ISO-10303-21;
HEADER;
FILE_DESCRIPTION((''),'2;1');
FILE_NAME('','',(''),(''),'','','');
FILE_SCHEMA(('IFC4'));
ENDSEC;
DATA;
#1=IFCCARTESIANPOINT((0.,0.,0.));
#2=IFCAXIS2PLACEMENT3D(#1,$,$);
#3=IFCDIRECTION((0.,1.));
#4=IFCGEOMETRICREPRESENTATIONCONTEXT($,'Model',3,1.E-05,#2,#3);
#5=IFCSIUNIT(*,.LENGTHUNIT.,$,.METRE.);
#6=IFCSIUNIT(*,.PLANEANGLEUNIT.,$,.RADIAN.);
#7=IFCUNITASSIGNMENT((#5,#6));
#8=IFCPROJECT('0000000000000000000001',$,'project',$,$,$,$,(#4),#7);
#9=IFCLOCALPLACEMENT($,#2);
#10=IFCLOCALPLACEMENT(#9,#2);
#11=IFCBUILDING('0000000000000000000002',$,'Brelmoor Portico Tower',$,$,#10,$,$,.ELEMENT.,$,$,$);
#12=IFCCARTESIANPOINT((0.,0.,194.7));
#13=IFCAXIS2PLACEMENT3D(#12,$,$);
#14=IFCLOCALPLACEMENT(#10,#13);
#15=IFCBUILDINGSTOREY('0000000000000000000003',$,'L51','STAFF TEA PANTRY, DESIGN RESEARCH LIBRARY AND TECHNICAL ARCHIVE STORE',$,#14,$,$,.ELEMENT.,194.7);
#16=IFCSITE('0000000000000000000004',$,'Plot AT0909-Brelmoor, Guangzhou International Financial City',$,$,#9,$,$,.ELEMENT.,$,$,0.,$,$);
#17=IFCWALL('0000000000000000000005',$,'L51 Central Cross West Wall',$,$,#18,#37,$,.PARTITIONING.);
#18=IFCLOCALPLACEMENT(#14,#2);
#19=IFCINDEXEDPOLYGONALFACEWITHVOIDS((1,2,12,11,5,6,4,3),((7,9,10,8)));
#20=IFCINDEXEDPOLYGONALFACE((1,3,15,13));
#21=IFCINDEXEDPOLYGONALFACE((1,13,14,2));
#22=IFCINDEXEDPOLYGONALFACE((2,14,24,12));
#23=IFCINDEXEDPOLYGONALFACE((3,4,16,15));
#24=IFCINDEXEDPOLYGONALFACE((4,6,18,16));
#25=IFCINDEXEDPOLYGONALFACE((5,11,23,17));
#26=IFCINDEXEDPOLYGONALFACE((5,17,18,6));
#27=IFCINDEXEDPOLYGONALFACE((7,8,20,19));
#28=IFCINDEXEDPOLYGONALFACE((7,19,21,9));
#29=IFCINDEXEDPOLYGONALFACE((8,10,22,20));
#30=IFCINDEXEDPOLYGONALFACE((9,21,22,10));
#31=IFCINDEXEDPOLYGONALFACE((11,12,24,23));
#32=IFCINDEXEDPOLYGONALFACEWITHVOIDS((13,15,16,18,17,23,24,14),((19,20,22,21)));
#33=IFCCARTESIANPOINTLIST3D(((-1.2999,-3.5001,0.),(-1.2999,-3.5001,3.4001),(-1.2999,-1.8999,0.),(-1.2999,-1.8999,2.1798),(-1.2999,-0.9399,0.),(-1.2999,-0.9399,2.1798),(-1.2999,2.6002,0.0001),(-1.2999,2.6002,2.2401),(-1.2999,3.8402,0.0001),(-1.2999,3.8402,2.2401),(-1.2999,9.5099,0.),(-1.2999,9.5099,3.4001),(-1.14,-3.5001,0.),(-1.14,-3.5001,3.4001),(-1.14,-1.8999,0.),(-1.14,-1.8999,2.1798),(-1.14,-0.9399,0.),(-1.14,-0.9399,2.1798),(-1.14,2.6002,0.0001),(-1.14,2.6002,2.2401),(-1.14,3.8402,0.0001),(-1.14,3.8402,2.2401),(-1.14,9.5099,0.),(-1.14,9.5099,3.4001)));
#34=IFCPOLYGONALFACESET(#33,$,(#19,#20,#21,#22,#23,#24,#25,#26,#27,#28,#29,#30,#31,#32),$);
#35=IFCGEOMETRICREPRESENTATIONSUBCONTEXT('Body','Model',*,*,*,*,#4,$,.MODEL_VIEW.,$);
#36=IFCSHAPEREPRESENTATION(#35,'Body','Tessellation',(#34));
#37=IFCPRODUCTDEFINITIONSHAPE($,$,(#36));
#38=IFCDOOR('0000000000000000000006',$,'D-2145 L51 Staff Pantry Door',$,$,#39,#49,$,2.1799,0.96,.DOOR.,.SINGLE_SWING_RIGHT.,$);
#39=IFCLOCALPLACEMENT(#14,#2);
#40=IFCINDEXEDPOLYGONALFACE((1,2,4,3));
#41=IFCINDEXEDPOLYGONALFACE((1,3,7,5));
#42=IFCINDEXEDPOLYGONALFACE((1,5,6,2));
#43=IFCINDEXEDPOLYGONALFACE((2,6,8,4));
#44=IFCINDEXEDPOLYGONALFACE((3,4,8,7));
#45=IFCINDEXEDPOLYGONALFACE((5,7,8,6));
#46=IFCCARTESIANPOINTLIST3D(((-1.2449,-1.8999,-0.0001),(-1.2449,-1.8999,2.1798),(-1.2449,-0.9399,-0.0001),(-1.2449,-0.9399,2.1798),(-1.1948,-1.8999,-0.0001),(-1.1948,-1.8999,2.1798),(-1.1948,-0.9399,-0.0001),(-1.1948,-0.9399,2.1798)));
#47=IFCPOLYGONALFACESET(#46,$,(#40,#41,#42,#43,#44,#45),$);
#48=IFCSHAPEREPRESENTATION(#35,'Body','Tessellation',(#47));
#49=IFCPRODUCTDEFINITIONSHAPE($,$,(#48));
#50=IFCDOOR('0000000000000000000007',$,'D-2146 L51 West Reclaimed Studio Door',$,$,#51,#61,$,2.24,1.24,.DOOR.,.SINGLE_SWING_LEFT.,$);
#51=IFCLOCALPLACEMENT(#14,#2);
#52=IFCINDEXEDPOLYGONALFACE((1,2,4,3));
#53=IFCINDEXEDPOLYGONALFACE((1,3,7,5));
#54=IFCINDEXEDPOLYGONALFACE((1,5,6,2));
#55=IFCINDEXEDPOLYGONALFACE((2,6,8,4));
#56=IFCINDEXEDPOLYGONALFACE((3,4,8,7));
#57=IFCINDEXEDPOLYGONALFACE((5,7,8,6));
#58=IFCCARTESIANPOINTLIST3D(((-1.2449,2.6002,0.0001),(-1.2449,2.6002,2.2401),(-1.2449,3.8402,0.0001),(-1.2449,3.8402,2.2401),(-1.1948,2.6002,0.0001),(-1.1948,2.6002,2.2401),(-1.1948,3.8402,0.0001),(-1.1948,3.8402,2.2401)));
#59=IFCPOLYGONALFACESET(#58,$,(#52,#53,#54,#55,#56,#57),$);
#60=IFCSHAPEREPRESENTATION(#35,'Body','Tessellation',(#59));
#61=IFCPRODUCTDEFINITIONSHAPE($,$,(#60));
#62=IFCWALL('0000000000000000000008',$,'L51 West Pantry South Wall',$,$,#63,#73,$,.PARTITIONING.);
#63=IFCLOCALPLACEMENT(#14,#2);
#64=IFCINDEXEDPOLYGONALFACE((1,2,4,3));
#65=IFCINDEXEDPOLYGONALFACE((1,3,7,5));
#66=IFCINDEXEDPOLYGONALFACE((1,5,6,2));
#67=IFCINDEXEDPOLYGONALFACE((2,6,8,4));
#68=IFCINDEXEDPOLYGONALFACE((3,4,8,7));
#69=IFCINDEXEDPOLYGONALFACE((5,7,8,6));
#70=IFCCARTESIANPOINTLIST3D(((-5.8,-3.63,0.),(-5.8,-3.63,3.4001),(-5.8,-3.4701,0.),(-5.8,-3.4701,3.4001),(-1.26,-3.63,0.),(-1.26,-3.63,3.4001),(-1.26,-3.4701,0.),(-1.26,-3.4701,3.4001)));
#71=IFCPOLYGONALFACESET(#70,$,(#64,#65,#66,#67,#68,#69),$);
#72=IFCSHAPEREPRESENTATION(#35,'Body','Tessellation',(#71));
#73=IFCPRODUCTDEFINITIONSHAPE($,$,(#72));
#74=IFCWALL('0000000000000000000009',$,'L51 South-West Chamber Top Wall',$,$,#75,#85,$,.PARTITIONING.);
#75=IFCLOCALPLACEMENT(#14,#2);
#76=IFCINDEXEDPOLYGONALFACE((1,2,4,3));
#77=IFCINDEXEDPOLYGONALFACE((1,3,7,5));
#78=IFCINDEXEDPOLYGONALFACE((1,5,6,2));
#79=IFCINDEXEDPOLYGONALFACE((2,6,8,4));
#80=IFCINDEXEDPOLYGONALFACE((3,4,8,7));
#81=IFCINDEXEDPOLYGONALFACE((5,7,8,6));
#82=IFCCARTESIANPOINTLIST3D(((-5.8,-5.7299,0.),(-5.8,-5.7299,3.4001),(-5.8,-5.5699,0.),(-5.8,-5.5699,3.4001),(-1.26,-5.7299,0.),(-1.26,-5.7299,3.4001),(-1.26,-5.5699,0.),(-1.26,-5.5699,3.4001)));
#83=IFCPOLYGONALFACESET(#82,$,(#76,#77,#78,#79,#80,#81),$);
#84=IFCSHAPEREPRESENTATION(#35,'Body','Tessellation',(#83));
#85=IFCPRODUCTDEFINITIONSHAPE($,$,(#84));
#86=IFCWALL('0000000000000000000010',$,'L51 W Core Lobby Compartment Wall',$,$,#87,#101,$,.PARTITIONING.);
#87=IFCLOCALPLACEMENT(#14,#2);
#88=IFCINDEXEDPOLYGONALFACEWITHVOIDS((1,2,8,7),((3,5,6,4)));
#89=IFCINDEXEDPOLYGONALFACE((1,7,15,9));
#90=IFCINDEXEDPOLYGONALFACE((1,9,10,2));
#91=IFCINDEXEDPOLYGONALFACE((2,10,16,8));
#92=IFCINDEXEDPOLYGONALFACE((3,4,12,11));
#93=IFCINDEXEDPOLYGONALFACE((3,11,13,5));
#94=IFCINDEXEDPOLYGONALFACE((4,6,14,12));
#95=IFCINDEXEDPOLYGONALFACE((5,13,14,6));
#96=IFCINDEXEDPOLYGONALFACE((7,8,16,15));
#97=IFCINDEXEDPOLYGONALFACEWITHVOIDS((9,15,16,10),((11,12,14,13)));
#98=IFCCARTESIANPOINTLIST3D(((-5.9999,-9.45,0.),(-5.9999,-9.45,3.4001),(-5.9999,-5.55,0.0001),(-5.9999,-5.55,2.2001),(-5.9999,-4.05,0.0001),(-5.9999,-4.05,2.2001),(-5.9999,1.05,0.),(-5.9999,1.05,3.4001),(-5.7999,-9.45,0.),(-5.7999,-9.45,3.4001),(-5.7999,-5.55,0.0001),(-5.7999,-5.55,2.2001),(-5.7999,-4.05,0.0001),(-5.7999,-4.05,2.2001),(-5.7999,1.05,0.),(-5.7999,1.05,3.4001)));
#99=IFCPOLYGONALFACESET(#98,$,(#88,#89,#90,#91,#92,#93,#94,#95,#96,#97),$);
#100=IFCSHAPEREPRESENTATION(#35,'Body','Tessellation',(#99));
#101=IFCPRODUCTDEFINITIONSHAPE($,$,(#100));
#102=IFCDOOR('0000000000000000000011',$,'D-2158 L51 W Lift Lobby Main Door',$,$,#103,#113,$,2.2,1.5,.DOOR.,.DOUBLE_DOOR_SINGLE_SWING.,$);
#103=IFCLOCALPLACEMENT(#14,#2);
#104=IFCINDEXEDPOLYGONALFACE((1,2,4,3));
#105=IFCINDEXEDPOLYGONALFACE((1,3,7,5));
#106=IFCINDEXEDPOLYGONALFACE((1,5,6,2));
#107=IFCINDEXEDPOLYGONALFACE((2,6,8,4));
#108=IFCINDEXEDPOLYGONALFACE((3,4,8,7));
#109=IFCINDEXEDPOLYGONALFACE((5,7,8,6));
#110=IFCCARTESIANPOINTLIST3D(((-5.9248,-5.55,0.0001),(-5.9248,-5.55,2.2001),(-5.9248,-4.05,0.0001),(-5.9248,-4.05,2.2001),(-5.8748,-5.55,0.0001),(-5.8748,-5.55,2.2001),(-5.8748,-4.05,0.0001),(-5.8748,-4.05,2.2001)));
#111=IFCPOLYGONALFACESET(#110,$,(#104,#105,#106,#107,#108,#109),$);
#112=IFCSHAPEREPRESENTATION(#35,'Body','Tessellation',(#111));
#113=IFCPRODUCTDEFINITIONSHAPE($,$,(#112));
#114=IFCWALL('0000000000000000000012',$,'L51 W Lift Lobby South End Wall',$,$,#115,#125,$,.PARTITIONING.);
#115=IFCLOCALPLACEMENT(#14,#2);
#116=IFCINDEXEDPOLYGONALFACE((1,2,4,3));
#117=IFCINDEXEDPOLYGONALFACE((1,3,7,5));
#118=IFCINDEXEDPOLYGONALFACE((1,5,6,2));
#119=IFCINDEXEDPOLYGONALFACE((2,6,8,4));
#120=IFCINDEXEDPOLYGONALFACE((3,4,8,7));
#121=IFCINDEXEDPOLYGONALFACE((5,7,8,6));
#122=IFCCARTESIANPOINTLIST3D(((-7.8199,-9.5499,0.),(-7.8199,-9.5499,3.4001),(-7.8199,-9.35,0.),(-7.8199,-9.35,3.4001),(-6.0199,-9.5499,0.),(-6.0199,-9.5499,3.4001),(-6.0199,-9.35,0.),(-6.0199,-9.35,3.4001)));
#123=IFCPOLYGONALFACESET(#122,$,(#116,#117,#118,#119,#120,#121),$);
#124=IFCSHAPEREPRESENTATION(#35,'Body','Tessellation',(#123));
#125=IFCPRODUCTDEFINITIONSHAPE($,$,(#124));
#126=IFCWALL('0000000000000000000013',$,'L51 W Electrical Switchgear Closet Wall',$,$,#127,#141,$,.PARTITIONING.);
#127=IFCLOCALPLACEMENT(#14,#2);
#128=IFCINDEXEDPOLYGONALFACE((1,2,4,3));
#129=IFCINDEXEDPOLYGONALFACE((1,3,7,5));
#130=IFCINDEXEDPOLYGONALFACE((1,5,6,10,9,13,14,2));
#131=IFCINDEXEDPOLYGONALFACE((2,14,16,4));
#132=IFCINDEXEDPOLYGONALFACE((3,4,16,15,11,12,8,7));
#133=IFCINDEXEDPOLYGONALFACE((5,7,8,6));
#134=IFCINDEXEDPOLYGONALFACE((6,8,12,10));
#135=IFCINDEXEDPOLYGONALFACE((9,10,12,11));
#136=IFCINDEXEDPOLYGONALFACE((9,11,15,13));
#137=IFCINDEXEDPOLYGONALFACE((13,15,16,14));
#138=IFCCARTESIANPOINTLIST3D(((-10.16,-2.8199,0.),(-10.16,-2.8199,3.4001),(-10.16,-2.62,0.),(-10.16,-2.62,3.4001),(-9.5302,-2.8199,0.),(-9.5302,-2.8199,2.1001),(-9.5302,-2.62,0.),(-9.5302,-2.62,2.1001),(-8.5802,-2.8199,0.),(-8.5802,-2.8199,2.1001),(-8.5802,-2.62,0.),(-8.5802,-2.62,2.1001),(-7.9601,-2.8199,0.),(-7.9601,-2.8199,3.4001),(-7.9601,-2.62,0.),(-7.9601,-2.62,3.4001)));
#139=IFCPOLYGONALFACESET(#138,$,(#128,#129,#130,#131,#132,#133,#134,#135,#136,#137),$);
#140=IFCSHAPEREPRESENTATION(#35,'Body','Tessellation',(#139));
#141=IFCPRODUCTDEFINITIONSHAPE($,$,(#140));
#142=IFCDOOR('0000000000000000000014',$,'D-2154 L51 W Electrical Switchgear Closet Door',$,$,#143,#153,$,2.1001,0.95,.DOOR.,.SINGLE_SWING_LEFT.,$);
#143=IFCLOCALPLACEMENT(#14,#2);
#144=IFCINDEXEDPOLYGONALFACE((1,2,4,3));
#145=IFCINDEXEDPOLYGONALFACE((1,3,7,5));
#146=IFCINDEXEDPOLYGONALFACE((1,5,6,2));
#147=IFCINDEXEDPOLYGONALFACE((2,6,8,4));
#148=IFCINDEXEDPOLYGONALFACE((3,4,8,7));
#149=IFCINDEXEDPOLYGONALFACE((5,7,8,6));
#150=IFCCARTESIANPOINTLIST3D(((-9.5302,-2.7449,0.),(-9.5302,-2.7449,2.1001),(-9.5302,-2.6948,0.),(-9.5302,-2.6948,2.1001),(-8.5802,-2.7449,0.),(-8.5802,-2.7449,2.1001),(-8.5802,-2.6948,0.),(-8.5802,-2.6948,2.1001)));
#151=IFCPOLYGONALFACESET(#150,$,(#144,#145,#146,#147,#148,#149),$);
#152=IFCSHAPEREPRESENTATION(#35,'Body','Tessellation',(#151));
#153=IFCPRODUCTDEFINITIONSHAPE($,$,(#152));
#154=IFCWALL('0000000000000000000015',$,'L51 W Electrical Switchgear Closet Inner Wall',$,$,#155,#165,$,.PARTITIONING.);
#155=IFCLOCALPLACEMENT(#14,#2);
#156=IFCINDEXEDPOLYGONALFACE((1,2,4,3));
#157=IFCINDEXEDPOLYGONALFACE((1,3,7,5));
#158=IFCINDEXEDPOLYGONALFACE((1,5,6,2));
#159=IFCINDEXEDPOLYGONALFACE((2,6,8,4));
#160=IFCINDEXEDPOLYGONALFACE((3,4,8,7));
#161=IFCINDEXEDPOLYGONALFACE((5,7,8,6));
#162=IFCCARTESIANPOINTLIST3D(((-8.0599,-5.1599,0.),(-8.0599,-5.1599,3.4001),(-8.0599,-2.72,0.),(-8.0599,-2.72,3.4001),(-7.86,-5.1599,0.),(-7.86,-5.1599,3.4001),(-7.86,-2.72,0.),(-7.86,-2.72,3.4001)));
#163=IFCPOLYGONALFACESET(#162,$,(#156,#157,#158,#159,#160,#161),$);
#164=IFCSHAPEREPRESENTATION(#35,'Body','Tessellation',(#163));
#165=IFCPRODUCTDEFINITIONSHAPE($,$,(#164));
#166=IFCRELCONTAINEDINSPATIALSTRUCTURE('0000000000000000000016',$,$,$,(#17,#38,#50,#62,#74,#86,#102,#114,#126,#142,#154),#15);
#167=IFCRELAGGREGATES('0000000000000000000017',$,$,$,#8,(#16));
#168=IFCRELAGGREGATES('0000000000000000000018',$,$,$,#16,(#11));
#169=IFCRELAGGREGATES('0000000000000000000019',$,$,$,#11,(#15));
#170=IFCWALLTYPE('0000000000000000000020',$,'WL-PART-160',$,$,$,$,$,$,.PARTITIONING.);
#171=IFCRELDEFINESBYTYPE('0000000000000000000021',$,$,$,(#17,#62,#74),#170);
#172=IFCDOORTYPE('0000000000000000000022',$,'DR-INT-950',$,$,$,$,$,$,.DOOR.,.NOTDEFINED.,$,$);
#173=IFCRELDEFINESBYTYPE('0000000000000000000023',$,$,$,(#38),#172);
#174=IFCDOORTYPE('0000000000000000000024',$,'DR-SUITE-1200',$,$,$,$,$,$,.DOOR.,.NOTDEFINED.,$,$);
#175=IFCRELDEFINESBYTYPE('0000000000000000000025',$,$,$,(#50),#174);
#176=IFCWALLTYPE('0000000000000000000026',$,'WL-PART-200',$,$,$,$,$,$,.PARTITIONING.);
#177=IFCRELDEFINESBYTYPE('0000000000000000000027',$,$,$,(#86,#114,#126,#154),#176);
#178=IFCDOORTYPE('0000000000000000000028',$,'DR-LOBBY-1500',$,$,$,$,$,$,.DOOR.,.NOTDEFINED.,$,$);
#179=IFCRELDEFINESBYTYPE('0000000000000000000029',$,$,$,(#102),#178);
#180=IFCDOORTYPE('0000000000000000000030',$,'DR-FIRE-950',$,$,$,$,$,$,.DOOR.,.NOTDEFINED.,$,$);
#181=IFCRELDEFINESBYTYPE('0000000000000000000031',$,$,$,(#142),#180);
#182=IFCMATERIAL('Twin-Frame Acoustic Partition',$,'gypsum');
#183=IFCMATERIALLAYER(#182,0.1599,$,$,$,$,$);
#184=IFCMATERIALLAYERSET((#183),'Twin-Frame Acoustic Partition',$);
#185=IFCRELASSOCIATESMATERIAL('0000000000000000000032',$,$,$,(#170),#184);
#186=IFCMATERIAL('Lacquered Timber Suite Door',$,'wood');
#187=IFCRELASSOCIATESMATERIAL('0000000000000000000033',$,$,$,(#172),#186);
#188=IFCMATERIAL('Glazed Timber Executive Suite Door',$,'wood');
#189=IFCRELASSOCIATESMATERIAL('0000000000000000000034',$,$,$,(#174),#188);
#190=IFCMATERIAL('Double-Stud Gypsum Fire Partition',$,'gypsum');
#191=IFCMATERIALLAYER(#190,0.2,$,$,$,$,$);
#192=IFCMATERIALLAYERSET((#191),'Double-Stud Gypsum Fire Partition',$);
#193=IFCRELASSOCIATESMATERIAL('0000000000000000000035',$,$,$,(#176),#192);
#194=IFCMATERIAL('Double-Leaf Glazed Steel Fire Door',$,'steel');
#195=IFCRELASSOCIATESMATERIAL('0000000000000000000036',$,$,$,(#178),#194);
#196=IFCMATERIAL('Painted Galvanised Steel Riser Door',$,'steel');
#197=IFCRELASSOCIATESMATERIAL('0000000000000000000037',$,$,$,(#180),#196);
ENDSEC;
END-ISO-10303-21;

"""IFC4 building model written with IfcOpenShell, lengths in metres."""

from ifc_helpers import new_model, si_unit, direction, frame, frame_2d, origin, place, context, subcontext, project, spatial, rectangle, extrude, material, layer, layer_set, type_object, element, fill, save


model = new_model("IFC4")

# Units and contexts
model_context = context("Model", 3, precision=1e-05, world=origin(), true_north=direction((0.0, 1.0)))
body_context = subcontext(model_context, "Body", "Model", "MODEL_VIEW")
ifc_project = project(units=[si_unit("LENGTHUNIT", "METRE"), si_unit("PLANEANGLEUNIT", "RADIAN")], contexts=[model_context])

# Site, building, storey
site_placement = place(None, origin())
site = spatial("IfcSite", under=ifc_project, at=site_placement, Name="Plot AT0909-Brelmoor, Guangzhou International Financial City", CompositionType="ELEMENT", RefElevation=0.0)
building_placement = place(site_placement, origin())
building = spatial("IfcBuilding", under=site, at=building_placement, Name="Brelmoor Portico Tower", CompositionType="ELEMENT")
storey_placement = place(building_placement, frame((0.0, 0.0, 194.7)))
storey = spatial("IfcBuildingStorey", under=building, at=storey_placement, Name="L51", Description="STAFF TEA PANTRY, DESIGN RESEARCH LIBRARY AND TECHNICAL ARCHIVE STORE", CompositionType="ELEMENT", Elevation=194.7)

# Wall, openings, doors
ifc_material_1 = material(Name="Twin-Frame Acoustic Partition", Category="gypsum")
ifc_layer_1 = layer(ifc_material_1, 0.1599)
ifc_layer_set_1 = layer_set([ifc_layer_1], Name="Twin-Frame Acoustic Partition")
wall_type_1 = type_object("IfcWallType", Name="WL-PART-160", PredefinedType="PARTITIONING", material=ifc_layer_set_1)
wall_1_placement = place(storey_placement, frame((-1.22, -3.5, 0.0), z_axis=(0.0, 0.0, 1.0), x_axis=(0.0, 1.0, 0.0)))
wall_1 = element("IfcWall", 1, at=wall_1_placement, inside=storey, type_object=wall_type_1, Name="L51 Central Cross West Wall", PredefinedType="PARTITIONING", context=body_context, shape_type="SweptSolid", body=[
    extrude(rectangle(XDim=13.01, YDim=0.1599, at=frame_2d((6.5049, 0.0))), origin(), (0.0, 0.0, 1.0), 3.4001),
])
opening_1_placement = place(wall_1_placement, frame((6.1001, 0.0, 0.0)))
opening_1 = element("IfcOpeningElement", 2, at=opening_1_placement, cuts=wall_1, PredefinedType="OPENING", context=body_context, shape_type="SweptSolid", body=[
    extrude(rectangle(XDim=1.24, YDim=2.24, at=frame_2d((0.6201, 1.1201))), frame((0.0, 0.0898, 0.0), z_axis=(0.0, -1.0, 0.0), x_axis=(1.0, 0.0, 0.0)), (0.0, 0.0, 1.0), 0.1799),
])
opening_2_placement = place(wall_1_placement, frame((1.6001, 0.0, 0.0)))
opening_2 = element("IfcOpeningElement", 3, at=opening_2_placement, cuts=wall_1, PredefinedType="OPENING", context=body_context, shape_type="SweptSolid", body=[
    extrude(rectangle(XDim=0.96, YDim=2.1799, at=frame_2d((0.48, 1.0898))), frame((0.0, 0.0898, 0.0), z_axis=(0.0, -1.0, 0.0), x_axis=(1.0, 0.0, 0.0)), (0.0, 0.0, 1.0), 0.1799),
])
ifc_material_2 = material(Name="Lacquered Timber Suite Door", Category="wood")
door_type_1 = type_object("IfcDoorType", Name="DR-INT-950", OperationType="NOTDEFINED", PredefinedType="DOOR", material=ifc_material_2)
door_1_placement = place(opening_2_placement, origin())
door_1 = element("IfcDoor", 4, at=door_1_placement, inside=storey, type_object=door_type_1, Name="D-2145 L51 Staff Pantry Door", OperationType="SINGLE_SWING_RIGHT", OverallHeight=2.1799, OverallWidth=0.96, PredefinedType="DOOR", context=body_context, shape_type="SweptSolid", body=[
    extrude(rectangle(XDim=0.96, YDim=2.1799, at=frame_2d((0.48, 1.0898))), frame((0.0, 0.0249, 0.0), z_axis=(0.0, -1.0, 0.0), x_axis=(1.0, 0.0, 0.0)), (0.0, 0.0, 1.0), 0.05),
])
fill(opening_2, door_1)
ifc_material_3 = material(Name="Glazed Timber Executive Suite Door", Category="wood")
door_type_2 = type_object("IfcDoorType", Name="DR-SUITE-1200", OperationType="NOTDEFINED", PredefinedType="DOOR", material=ifc_material_3)
door_2_placement = place(opening_1_placement, origin())
door_2 = element("IfcDoor", 5, at=door_2_placement, inside=storey, type_object=door_type_2, Name="D-2146 L51 West Reclaimed Studio Door", OperationType="SINGLE_SWING_LEFT", OverallHeight=2.24, OverallWidth=1.24, PredefinedType="DOOR", context=body_context, shape_type="SweptSolid", body=[
    extrude(rectangle(XDim=1.24, YDim=2.24, at=frame_2d((0.6201, 1.1201))), frame((0.0, 0.0249, 0.0), z_axis=(0.0, -1.0, 0.0), x_axis=(1.0, 0.0, 0.0)), (0.0, 0.0, 1.0), 0.05),
])
fill(opening_1, door_2)

# Walls
for number, where, z_axis, x_axis, name in (
    (6, (-5.8, -3.55, 0.0), (0.0, 0.0, 1.0), (1.0, 0.0, 0.0), "L51 West Pantry South Wall"),
    (7, (-5.8, -5.6499, 0.0), (0.0, 0.0, 1.0), (1.0, 0.0, 0.0), "L51 South-West Chamber Top Wall"),
):
    element("IfcWall", number, at=place(storey_placement, frame(where, z_axis=z_axis, x_axis=x_axis)), inside=storey, type_object=wall_type_1, Name=name, PredefinedType="PARTITIONING", context=body_context, shape_type="SweptSolid", body=[
        extrude(rectangle(XDim=4.54, YDim=0.1599, at=frame_2d((2.27, 0.0))), origin(), (0.0, 0.0, 1.0), 3.4001),
    ])

# Wall, opening, door
ifc_material_4 = material(Name="Double-Stud Gypsum Fire Partition", Category="gypsum")
ifc_layer_2 = layer(ifc_material_4, 0.2)
ifc_layer_set_2 = layer_set([ifc_layer_2], Name="Double-Stud Gypsum Fire Partition")
wall_type_2 = type_object("IfcWallType", Name="WL-PART-200", PredefinedType="PARTITIONING", material=ifc_layer_set_2)
wall_2_placement = place(storey_placement, frame((-5.8999, -9.45, 0.0), z_axis=(0.0, 0.0, 1.0), x_axis=(0.0, 1.0, 0.0)))
wall_2 = element("IfcWall", 8, at=wall_2_placement, inside=storey, type_object=wall_type_2, Name="L51 W Core Lobby Compartment Wall", PredefinedType="PARTITIONING", context=body_context, shape_type="SweptSolid", body=[
    extrude(rectangle(XDim=10.5, YDim=0.2, at=frame_2d((5.25, 0.0))), origin(), (0.0, 0.0, 1.0), 3.4001),
])
opening_3_placement = place(wall_2_placement, frame((3.8999, 0.0, 0.0)))
opening_3 = element("IfcOpeningElement", 9, at=opening_3_placement, cuts=wall_2, PredefinedType="OPENING", context=body_context, shape_type="SweptSolid", body=[
    extrude(rectangle(XDim=1.5, YDim=2.2, at=frame_2d((0.75, 1.1001))), frame((0.0, 0.1099, 0.0), z_axis=(0.0, -1.0, 0.0), x_axis=(1.0, 0.0, 0.0)), (0.0, 0.0, 1.0), 0.22),
])
ifc_material_5 = material(Name="Double-Leaf Glazed Steel Fire Door", Category="steel")
door_type_3 = type_object("IfcDoorType", Name="DR-LOBBY-1500", OperationType="NOTDEFINED", PredefinedType="DOOR", material=ifc_material_5)
door_3_placement = place(opening_3_placement, origin())
door_3 = element("IfcDoor", 10, at=door_3_placement, inside=storey, type_object=door_type_3, Name="D-2158 L51 W Lift Lobby Main Door", OperationType="DOUBLE_DOOR_SINGLE_SWING", OverallHeight=2.2, OverallWidth=1.5, PredefinedType="DOOR", context=body_context, shape_type="SweptSolid", body=[
    extrude(rectangle(XDim=1.5, YDim=2.2, at=frame_2d((0.75, 1.1001))), frame((0.0, 0.0249, 0.0), z_axis=(0.0, -1.0, 0.0), x_axis=(1.0, 0.0, 0.0)), (0.0, 0.0, 1.0), 0.05),
])
fill(opening_3, door_3)

# Wall
wall_3_placement = place(storey_placement, frame((-6.02, -9.45, 0.0), z_axis=(0.0, 0.0, 1.0), x_axis=(-1.0, 0.0, 0.0)))
element("IfcWall", 11, at=wall_3_placement, inside=storey, type_object=wall_type_2, Name="L51 W Lift Lobby South End Wall", PredefinedType="PARTITIONING", context=body_context, shape_type="SweptSolid", body=[
    extrude(rectangle(XDim=1.8, YDim=0.2, at=frame_2d((0.8999, 0.0))), origin(), (0.0, 0.0, 1.0), 3.4001),
])

# Wall, opening, door
wall_4_placement = place(storey_placement, frame((-7.96, -2.72, 0.0), z_axis=(0.0, 0.0, 1.0), x_axis=(-1.0, 0.0, 0.0)))
wall_4 = element("IfcWall", 12, at=wall_4_placement, inside=storey, type_object=wall_type_2, Name="L51 W Electrical Switchgear Closet Wall", PredefinedType="PARTITIONING", context=body_context, shape_type="SweptSolid", body=[
    extrude(rectangle(XDim=2.2, YDim=0.2, at=frame_2d((1.1001, 0.0))), origin(), (0.0, 0.0, 1.0), 3.4001),
])
opening_4_placement = place(wall_4_placement, frame((0.6201, 0.0, 0.0)))
opening_4 = element("IfcOpeningElement", 13, at=opening_4_placement, cuts=wall_4, PredefinedType="OPENING", context=body_context, shape_type="SweptSolid", body=[
    extrude(rectangle(XDim=0.95, YDim=2.1001, at=frame_2d((0.4751, 1.05))), frame((0.0, 0.1099, 0.0), z_axis=(0.0, -1.0, 0.0), x_axis=(1.0, 0.0, 0.0)), (0.0, 0.0, 1.0), 0.22),
])
ifc_material_6 = material(Name="Painted Galvanised Steel Riser Door", Category="steel")
door_type_4 = type_object("IfcDoorType", Name="DR-FIRE-950", OperationType="NOTDEFINED", PredefinedType="DOOR", material=ifc_material_6)
door_4_placement = place(opening_4_placement, origin())
door_4 = element("IfcDoor", 14, at=door_4_placement, inside=storey, type_object=door_type_4, Name="D-2154 L51 W Electrical Switchgear Closet Door", OperationType="SINGLE_SWING_LEFT", OverallHeight=2.1001, OverallWidth=0.95, PredefinedType="DOOR", context=body_context, shape_type="SweptSolid", body=[
    extrude(rectangle(XDim=0.95, YDim=2.1001, at=frame_2d((0.4751, 1.05))), frame((0.0, 0.0249, 0.0), z_axis=(0.0, -1.0, 0.0), x_axis=(1.0, 0.0, 0.0)), (0.0, 0.0, 1.0), 0.05),
])
fill(opening_4, door_4)

# Wall
wall_5_placement = place(storey_placement, frame((-7.96, -5.1599, 0.0), z_axis=(0.0, 0.0, 1.0), x_axis=(0.0, 1.0, 0.0)))
element("IfcWall", 15, at=wall_5_placement, inside=storey, type_object=wall_type_2, Name="L51 W Electrical Switchgear Closet Inner Wall", PredefinedType="PARTITIONING", context=body_context, shape_type="SweptSolid", body=[
    extrude(rectangle(XDim=2.4399, YDim=0.2, at=frame_2d((1.22, 0.0))), origin(), (0.0, 0.0, 1.0), 3.4001),
])

save(model, "model.ifc")
